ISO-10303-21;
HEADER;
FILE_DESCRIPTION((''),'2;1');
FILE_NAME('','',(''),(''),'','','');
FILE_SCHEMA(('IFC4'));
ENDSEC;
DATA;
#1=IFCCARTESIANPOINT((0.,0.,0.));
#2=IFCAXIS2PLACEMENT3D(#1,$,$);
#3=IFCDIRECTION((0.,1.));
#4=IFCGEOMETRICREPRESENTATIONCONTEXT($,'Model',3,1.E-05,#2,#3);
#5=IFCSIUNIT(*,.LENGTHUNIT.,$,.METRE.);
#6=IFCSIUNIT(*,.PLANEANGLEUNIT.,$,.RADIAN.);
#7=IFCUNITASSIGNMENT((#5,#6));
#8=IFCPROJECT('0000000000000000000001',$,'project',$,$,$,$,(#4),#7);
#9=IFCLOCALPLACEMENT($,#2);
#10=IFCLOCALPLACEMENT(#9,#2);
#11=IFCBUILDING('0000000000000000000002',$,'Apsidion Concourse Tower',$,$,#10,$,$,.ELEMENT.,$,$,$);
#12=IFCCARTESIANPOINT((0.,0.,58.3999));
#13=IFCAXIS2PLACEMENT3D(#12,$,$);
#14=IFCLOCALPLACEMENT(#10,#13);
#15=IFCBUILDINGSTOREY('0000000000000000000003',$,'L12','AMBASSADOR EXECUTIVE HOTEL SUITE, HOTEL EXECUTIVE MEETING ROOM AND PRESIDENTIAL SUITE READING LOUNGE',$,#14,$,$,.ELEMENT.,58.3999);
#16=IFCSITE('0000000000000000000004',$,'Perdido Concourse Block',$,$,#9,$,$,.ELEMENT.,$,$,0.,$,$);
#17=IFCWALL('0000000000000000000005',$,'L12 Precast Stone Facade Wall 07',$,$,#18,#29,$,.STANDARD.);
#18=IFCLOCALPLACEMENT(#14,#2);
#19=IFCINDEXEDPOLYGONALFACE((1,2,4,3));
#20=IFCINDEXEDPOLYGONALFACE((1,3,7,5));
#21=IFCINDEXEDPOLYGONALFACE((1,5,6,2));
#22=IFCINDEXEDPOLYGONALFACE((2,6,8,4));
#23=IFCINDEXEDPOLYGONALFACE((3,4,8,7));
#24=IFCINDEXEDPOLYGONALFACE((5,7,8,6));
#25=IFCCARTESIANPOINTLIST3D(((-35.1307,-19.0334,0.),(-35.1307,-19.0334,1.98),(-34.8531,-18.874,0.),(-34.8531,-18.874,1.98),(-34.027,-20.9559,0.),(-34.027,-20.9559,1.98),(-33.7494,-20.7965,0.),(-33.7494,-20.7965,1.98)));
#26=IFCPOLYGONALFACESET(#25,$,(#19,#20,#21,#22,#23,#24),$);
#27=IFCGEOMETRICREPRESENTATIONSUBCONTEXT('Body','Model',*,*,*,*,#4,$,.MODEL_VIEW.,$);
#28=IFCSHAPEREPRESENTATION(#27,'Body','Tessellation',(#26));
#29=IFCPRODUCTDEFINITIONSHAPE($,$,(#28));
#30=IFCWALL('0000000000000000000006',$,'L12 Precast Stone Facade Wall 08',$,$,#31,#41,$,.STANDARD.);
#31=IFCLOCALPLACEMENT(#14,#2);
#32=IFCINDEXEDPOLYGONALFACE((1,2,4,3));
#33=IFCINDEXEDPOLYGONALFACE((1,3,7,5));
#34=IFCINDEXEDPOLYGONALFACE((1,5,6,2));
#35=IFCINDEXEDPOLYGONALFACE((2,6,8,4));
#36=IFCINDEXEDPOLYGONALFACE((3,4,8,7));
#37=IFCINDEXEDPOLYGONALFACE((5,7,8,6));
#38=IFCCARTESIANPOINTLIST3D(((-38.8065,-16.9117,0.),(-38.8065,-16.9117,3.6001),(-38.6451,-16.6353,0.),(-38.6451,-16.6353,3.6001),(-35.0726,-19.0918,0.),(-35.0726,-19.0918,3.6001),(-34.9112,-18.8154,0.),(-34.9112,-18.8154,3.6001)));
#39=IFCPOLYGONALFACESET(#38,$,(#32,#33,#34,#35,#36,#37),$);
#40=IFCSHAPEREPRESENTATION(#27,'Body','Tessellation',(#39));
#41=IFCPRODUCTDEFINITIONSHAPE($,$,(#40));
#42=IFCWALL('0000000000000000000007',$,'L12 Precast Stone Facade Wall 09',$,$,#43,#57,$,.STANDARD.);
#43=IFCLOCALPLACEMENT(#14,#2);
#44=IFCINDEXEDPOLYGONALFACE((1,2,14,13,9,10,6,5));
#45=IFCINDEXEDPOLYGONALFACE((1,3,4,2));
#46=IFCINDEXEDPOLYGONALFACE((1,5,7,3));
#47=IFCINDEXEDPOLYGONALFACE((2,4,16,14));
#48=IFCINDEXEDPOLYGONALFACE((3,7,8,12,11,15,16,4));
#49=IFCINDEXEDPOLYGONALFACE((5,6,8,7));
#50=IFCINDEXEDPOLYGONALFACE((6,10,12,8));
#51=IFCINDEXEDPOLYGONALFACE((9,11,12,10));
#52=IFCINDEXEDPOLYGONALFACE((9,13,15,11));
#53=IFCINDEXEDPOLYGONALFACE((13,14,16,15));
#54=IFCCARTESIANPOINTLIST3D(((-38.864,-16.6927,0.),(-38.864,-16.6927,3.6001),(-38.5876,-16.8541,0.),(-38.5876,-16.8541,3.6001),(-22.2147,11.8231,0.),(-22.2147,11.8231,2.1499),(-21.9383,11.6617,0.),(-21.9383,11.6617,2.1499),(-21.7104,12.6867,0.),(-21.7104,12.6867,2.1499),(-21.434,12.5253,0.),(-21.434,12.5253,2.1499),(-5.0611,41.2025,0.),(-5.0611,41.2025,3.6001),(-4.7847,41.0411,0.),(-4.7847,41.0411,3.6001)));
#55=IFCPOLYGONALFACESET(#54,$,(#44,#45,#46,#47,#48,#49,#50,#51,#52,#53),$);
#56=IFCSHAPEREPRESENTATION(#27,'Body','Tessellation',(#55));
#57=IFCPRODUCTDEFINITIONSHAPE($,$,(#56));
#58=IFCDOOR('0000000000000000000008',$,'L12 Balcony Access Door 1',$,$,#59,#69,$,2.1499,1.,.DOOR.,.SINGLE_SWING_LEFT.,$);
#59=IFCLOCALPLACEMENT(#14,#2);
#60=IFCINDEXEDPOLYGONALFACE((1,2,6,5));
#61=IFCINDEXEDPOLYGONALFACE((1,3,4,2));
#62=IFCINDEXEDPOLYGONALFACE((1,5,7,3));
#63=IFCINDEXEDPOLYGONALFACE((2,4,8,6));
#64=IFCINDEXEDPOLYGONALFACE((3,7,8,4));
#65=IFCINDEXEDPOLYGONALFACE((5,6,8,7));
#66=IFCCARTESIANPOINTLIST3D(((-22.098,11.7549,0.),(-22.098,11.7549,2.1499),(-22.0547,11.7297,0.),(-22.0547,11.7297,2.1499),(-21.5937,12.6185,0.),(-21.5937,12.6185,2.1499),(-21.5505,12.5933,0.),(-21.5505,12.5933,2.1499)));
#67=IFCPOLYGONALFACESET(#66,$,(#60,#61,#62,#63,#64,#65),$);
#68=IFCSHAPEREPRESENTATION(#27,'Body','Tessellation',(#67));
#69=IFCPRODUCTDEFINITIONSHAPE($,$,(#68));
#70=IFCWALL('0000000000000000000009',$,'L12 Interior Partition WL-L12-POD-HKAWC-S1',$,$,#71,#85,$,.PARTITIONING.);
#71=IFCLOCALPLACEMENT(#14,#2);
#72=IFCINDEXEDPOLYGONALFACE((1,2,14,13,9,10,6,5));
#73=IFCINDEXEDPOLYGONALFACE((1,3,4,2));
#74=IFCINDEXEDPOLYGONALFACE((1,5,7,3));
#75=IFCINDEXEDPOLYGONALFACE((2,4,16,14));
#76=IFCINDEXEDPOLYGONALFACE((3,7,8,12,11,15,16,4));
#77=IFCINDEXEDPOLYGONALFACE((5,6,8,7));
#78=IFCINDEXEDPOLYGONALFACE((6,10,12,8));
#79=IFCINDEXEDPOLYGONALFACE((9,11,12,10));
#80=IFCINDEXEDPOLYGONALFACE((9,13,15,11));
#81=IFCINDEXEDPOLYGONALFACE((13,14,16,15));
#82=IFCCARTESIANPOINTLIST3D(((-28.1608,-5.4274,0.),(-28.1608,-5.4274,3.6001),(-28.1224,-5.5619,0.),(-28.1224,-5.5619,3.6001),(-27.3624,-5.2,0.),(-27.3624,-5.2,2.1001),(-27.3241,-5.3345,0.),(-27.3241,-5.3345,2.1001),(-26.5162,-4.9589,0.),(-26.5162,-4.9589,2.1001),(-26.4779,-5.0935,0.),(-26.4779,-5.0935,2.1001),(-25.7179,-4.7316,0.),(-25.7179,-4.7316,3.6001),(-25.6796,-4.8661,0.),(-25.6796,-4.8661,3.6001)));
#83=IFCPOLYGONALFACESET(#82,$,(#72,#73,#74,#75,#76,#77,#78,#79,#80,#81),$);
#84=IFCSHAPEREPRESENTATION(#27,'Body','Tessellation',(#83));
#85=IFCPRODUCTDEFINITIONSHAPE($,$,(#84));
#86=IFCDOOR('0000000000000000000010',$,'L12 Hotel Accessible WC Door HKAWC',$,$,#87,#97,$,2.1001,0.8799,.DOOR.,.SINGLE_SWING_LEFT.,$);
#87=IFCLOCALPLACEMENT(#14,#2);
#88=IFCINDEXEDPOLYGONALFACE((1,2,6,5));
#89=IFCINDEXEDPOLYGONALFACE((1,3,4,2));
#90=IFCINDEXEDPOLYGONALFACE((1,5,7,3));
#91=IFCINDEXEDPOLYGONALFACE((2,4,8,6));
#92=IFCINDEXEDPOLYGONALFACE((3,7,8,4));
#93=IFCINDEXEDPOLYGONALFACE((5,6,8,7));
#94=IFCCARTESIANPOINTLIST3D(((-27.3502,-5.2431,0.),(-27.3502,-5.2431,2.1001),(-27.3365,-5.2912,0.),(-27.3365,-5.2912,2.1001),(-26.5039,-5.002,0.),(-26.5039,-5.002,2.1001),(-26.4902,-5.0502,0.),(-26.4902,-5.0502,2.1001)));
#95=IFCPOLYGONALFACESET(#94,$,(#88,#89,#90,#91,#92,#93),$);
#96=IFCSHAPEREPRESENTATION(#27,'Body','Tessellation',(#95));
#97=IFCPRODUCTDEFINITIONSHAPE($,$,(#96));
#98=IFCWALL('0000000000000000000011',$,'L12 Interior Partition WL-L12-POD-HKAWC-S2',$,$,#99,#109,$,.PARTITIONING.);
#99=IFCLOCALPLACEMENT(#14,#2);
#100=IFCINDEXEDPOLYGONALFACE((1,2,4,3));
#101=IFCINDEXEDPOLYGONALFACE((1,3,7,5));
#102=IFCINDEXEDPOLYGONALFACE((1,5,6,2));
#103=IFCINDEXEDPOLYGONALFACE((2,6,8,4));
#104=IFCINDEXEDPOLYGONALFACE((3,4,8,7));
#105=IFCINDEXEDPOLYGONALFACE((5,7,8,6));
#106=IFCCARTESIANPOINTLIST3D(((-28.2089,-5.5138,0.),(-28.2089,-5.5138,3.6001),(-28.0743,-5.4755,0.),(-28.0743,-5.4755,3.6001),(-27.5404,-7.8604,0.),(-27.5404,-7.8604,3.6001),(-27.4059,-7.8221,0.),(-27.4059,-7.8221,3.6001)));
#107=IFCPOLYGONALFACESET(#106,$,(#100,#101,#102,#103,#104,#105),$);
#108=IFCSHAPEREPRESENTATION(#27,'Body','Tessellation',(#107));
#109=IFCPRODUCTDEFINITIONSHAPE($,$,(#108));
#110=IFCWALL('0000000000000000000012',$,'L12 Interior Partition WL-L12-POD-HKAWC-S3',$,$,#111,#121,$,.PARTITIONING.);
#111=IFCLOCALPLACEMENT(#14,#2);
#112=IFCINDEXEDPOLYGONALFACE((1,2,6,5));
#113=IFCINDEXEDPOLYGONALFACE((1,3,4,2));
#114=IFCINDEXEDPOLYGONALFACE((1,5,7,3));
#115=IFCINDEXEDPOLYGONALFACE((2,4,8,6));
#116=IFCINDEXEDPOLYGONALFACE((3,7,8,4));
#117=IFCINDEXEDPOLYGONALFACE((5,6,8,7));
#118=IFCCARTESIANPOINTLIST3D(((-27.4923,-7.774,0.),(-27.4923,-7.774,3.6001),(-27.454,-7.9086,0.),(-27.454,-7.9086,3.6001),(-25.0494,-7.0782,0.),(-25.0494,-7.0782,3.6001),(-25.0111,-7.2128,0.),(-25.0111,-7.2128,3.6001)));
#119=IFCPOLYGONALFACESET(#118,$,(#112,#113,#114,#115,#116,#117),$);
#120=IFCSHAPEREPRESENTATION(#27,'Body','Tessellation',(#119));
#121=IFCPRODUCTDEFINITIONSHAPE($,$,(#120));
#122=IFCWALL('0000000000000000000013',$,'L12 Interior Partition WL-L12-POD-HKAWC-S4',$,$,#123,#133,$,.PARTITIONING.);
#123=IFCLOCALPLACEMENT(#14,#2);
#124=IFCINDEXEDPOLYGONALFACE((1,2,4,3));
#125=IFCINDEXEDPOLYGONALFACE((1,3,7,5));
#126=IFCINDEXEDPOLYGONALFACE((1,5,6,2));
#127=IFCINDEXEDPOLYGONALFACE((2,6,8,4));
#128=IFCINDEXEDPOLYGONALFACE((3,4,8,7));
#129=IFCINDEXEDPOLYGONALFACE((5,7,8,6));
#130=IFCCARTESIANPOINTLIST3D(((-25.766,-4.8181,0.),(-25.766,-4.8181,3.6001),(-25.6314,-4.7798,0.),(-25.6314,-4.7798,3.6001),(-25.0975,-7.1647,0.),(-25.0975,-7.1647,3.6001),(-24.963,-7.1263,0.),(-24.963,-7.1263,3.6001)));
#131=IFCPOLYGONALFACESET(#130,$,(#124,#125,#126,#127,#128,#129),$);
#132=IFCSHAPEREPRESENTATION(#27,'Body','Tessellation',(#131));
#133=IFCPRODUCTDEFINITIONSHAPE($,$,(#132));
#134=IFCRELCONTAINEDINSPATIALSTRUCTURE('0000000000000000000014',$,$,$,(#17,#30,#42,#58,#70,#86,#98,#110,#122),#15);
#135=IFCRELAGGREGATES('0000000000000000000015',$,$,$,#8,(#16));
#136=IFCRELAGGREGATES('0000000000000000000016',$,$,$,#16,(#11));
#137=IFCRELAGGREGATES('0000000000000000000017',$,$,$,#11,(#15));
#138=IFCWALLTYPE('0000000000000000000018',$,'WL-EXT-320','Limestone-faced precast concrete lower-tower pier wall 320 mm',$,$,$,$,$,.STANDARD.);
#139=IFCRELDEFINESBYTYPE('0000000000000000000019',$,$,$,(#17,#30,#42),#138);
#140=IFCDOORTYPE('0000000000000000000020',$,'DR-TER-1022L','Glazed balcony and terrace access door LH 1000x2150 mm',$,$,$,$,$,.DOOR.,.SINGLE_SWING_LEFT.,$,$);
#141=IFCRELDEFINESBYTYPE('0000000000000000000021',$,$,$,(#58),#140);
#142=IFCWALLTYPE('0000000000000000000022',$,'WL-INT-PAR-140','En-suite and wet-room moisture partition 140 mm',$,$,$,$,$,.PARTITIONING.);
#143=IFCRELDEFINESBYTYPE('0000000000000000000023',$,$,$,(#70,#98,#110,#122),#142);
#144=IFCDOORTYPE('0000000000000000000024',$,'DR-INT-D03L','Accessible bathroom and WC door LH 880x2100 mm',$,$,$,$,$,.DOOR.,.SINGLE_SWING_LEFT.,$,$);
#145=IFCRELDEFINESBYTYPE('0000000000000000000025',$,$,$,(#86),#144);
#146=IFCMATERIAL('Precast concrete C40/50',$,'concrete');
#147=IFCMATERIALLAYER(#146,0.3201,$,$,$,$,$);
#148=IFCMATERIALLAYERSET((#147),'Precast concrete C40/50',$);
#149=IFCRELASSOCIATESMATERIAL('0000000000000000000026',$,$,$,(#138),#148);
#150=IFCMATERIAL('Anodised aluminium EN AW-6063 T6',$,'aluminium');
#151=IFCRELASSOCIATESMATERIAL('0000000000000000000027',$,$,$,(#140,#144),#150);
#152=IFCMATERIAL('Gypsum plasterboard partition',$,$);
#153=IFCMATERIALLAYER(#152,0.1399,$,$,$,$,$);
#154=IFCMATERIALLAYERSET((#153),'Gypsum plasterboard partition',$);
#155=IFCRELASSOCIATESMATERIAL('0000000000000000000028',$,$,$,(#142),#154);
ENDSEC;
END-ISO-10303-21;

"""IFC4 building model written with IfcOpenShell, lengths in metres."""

from ifc_helpers import new_model, si_unit, direction, frame, frame_2d, origin, place, context, subcontext, project, spatial, rectangle, extrude, material, layer, layer_set, type_object, element, fill, save


model = new_model("IFC4")

# Units and contexts
model_context = context("Model", 3, precision=1e-05, world=origin(), true_north=direction((0.0, 1.0)))
body_context = subcontext(model_context, "Body", "Model", "MODEL_VIEW")
ifc_project = project(units=[si_unit("LENGTHUNIT", "METRE"), si_unit("PLANEANGLEUNIT", "RADIAN")], contexts=[model_context])

# Site, building, storey
site_placement = place(None, origin())
site = spatial("IfcSite", under=ifc_project, at=site_placement, Name="Perdido Concourse Block", CompositionType="ELEMENT", RefElevation=0.0)
building_placement = place(site_placement, origin())
building = spatial("IfcBuilding", under=site, at=building_placement, Name="Apsidion Concourse Tower", CompositionType="ELEMENT")
storey_placement = place(building_placement, frame((0.0, 0.0, 58.3999)))
storey = spatial("IfcBuildingStorey", under=building, at=storey_placement, Name="L12", Description="AMBASSADOR EXECUTIVE HOTEL SUITE, HOTEL EXECUTIVE MEETING ROOM AND PRESIDENTIAL SUITE READING LOUNGE", CompositionType="ELEMENT", Elevation=58.3999)

# Walls
ifc_material_1 = material(Name="Precast concrete C40/50", Category="concrete")
ifc_layer_1 = layer(ifc_material_1, 0.3201)
ifc_layer_set_1 = layer_set([ifc_layer_1], Name="Precast concrete C40/50")
wall_type_1 = type_object("IfcWallType", Name="WL-EXT-320", Description="Limestone-faced precast concrete lower-tower pier wall 320 mm", PredefinedType="STANDARD", material=ifc_layer_set_1)
wall_1_placement = place(storey_placement, frame((-33.8882, -20.8762, 0.0), z_axis=(0.0, 0.0, 1.0), x_axis=(-0.497881, 0.867245, 0.0)))
element("IfcWall", 1, at=wall_1_placement, inside=storey, type_object=wall_type_1, Name="L12 Precast Stone Facade Wall 07", PredefinedType="STANDARD", context=body_context, shape_type="SweptSolid", body=[
    extrude(rectangle(XDim=2.2168, YDim=0.3201, at=frame_2d((1.1084, 0.0))), origin(), (0.0, 0.0, 1.0), 1.98),
])
wall_2_placement = place(storey_placement, frame((-34.9919, -18.9536, 0.0), z_axis=(0.0, 0.0, 1.0), x_axis=(-0.86357, 0.504229, 0.0)))
element("IfcWall", 2, at=wall_2_placement, inside=storey, type_object=wall_type_1, Name="L12 Precast Stone Facade Wall 08", PredefinedType="STANDARD", context=body_context, shape_type="SweptSolid", body=[
    extrude(rectangle(XDim=4.3237, YDim=0.3201, at=frame_2d((2.1619, 0.0))), origin(), (0.0, 0.0, 1.0), 3.6001),
])

# Walls, openings, doors
wall_3_placement = place(storey_placement, frame((-38.7258, -16.7734, 0.0), z_axis=(0.0, 0.0, 1.0), x_axis=(0.504213, 0.863579, 0.0)))
wall_3 = element("IfcWall", 3, at=wall_3_placement, inside=storey, type_object=wall_type_1, Name="L12 Precast Stone Facade Wall 09", PredefinedType="STANDARD", context=body_context, shape_type="SweptSolid", body=[
    extrude(rectangle(XDim=67.041, YDim=0.3201, at=frame_2d((33.5205, 0.0))), origin(), (0.0, 0.0, 1.0), 3.6001),
])
opening_1_placement = place(wall_3_placement, frame((33.0205, 0.0, 0.0)))
opening_1 = element("IfcOpeningElement", 4, at=opening_1_placement, cuts=wall_3, PredefinedType="OPENING", context=body_context, shape_type="SweptSolid", body=[
    extrude(rectangle(XDim=1.0, YDim=2.1499, at=frame_2d((0.5, 1.075))), frame((0.0, 0.1699, 0.0), z_axis=(0.0, -1.0, 0.0), x_axis=(1.0, 0.0, 0.0)), (0.0, 0.0, 1.0), 0.3401),
])
ifc_material_2 = material(Name="Anodised aluminium EN AW-6063 T6", Category="aluminium")
door_type_1 = type_object("IfcDoorType", Name="DR-TER-1022L", Description="Glazed balcony and terrace access door LH 1000x2150 mm", OperationType="SINGLE_SWING_LEFT", PredefinedType="DOOR", material=ifc_material_2)
door_1_placement = place(opening_1_placement, origin())
door_1 = element("IfcDoor", 5, at=door_1_placement, inside=storey, type_object=door_type_1, Name="L12 Balcony Access Door 1", OperationType="SINGLE_SWING_LEFT", OverallHeight=2.1499, OverallWidth=1.0, PredefinedType="DOOR", context=body_context, shape_type="SweptSolid", body=[
    extrude(rectangle(XDim=1.0, YDim=2.1499, at=frame_2d((0.5, 1.075))), frame((0.0, 0.0249, 0.0), z_axis=(0.0, -1.0, 0.0), x_axis=(1.0, 0.0, 0.0)), (0.0, 0.0, 1.0), 0.05),
])
fill(opening_1, door_1)
ifc_material_3 = material(Name="Gypsum plasterboard partition")
ifc_layer_2 = layer(ifc_material_3, 0.1399)
ifc_layer_set_2 = layer_set([ifc_layer_2], Name="Gypsum plasterboard partition")
wall_type_2 = type_object("IfcWallType", Name="WL-INT-PAR-140", Description="En-suite and wet-room moisture partition 140 mm", PredefinedType="PARTITIONING", material=ifc_layer_set_2)
wall_4_placement = place(storey_placement, frame((-25.6987, -4.7988, 0.0), z_axis=(0.0, 0.0, 1.0), x_axis=(-0.961749, -0.273934, 0.0)))
wall_4 = element("IfcWall", 6, at=wall_4_placement, inside=storey, type_object=wall_type_2, Name="L12 Interior Partition WL-L12-POD-HKAWC-S1", PredefinedType="PARTITIONING", context=body_context, shape_type="SweptSolid", body=[
    extrude(rectangle(XDim=2.54, YDim=0.1399, at=frame_2d((1.27, 0.0))), origin(), (0.0, 0.0, 1.0), 3.6001),
])
opening_2_placement = place(wall_4_placement, frame((0.8301, 0.0, 0.0)))
opening_2 = element("IfcOpeningElement", 7, at=opening_2_placement, cuts=wall_4, PredefinedType="OPENING", context=body_context, shape_type="SweptSolid", body=[
    extrude(rectangle(XDim=0.8799, YDim=2.1001, at=frame_2d((0.4399, 1.05))), frame((0.0, 0.0801, 0.0), z_axis=(0.0, -1.0, 0.0), x_axis=(1.0, 0.0, 0.0)), (0.0, 0.0, 1.0), 0.1599),
])
door_type_2 = type_object("IfcDoorType", Name="DR-INT-D03L", Description="Accessible bathroom and WC door LH 880x2100 mm", OperationType="SINGLE_SWING_LEFT", PredefinedType="DOOR", material=ifc_material_2)
door_2_placement = place(opening_2_placement, origin())
door_2 = element("IfcDoor", 8, at=door_2_placement, inside=storey, type_object=door_type_2, Name="L12 Hotel Accessible WC Door HKAWC", OperationType="SINGLE_SWING_LEFT", OverallHeight=2.1001, OverallWidth=0.8799, PredefinedType="DOOR", context=body_context, shape_type="SweptSolid", body=[
    extrude(rectangle(XDim=0.8799, YDim=2.1001, at=frame_2d((0.4399, 1.05))), frame((0.0, 0.0249, 0.0), z_axis=(0.0, -1.0, 0.0), x_axis=(1.0, 0.0, 0.0)), (0.0, 0.0, 1.0), 0.05),
])
fill(opening_2, door_2)

# Walls
wall_5_placement = place(storey_placement, frame((-28.1416, -5.4946, 0.0), z_axis=(0.0, 0.0, 1.0), x_axis=(0.273955, -0.961743, 0.0)))
element("IfcWall", 9, at=wall_5_placement, inside=storey, type_object=wall_type_2, Name="L12 Interior Partition WL-L12-POD-HKAWC-S2", PredefinedType="PARTITIONING", context=body_context, shape_type="SweptSolid", body=[
    extrude(rectangle(XDim=2.4399, YDim=0.1399, at=frame_2d((1.22, 0.0))), origin(), (0.0, 0.0, 1.0), 3.6001),
])
wall_6_placement = place(storey_placement, frame((-27.4731, -7.8413, 0.0), z_axis=(0.0, 0.0, 1.0), x_axis=(0.961749, 0.273934, 0.0)))
element("IfcWall", 10, at=wall_6_placement, inside=storey, type_object=wall_type_2, Name="L12 Interior Partition WL-L12-POD-HKAWC-S3", PredefinedType="PARTITIONING", context=body_context, shape_type="SweptSolid", body=[
    extrude(rectangle(XDim=2.54, YDim=0.1399, at=frame_2d((1.27, 0.0))), origin(), (0.0, 0.0, 1.0), 3.6001),
])
wall_7_placement = place(storey_placement, frame((-25.0303, -7.1455, 0.0), z_axis=(0.0, 0.0, 1.0), x_axis=(-0.273955, 0.961743, 0.0)))
element("IfcWall", 11, at=wall_7_placement, inside=storey, type_object=wall_type_2, Name="L12 Interior Partition WL-L12-POD-HKAWC-S4", PredefinedType="PARTITIONING", context=body_context, shape_type="SweptSolid", body=[
    extrude(rectangle(XDim=2.4399, YDim=0.1399, at=frame_2d((1.22, 0.0))), origin(), (0.0, 0.0, 1.0), 3.6001),
])

save(model, "model.ifc")
